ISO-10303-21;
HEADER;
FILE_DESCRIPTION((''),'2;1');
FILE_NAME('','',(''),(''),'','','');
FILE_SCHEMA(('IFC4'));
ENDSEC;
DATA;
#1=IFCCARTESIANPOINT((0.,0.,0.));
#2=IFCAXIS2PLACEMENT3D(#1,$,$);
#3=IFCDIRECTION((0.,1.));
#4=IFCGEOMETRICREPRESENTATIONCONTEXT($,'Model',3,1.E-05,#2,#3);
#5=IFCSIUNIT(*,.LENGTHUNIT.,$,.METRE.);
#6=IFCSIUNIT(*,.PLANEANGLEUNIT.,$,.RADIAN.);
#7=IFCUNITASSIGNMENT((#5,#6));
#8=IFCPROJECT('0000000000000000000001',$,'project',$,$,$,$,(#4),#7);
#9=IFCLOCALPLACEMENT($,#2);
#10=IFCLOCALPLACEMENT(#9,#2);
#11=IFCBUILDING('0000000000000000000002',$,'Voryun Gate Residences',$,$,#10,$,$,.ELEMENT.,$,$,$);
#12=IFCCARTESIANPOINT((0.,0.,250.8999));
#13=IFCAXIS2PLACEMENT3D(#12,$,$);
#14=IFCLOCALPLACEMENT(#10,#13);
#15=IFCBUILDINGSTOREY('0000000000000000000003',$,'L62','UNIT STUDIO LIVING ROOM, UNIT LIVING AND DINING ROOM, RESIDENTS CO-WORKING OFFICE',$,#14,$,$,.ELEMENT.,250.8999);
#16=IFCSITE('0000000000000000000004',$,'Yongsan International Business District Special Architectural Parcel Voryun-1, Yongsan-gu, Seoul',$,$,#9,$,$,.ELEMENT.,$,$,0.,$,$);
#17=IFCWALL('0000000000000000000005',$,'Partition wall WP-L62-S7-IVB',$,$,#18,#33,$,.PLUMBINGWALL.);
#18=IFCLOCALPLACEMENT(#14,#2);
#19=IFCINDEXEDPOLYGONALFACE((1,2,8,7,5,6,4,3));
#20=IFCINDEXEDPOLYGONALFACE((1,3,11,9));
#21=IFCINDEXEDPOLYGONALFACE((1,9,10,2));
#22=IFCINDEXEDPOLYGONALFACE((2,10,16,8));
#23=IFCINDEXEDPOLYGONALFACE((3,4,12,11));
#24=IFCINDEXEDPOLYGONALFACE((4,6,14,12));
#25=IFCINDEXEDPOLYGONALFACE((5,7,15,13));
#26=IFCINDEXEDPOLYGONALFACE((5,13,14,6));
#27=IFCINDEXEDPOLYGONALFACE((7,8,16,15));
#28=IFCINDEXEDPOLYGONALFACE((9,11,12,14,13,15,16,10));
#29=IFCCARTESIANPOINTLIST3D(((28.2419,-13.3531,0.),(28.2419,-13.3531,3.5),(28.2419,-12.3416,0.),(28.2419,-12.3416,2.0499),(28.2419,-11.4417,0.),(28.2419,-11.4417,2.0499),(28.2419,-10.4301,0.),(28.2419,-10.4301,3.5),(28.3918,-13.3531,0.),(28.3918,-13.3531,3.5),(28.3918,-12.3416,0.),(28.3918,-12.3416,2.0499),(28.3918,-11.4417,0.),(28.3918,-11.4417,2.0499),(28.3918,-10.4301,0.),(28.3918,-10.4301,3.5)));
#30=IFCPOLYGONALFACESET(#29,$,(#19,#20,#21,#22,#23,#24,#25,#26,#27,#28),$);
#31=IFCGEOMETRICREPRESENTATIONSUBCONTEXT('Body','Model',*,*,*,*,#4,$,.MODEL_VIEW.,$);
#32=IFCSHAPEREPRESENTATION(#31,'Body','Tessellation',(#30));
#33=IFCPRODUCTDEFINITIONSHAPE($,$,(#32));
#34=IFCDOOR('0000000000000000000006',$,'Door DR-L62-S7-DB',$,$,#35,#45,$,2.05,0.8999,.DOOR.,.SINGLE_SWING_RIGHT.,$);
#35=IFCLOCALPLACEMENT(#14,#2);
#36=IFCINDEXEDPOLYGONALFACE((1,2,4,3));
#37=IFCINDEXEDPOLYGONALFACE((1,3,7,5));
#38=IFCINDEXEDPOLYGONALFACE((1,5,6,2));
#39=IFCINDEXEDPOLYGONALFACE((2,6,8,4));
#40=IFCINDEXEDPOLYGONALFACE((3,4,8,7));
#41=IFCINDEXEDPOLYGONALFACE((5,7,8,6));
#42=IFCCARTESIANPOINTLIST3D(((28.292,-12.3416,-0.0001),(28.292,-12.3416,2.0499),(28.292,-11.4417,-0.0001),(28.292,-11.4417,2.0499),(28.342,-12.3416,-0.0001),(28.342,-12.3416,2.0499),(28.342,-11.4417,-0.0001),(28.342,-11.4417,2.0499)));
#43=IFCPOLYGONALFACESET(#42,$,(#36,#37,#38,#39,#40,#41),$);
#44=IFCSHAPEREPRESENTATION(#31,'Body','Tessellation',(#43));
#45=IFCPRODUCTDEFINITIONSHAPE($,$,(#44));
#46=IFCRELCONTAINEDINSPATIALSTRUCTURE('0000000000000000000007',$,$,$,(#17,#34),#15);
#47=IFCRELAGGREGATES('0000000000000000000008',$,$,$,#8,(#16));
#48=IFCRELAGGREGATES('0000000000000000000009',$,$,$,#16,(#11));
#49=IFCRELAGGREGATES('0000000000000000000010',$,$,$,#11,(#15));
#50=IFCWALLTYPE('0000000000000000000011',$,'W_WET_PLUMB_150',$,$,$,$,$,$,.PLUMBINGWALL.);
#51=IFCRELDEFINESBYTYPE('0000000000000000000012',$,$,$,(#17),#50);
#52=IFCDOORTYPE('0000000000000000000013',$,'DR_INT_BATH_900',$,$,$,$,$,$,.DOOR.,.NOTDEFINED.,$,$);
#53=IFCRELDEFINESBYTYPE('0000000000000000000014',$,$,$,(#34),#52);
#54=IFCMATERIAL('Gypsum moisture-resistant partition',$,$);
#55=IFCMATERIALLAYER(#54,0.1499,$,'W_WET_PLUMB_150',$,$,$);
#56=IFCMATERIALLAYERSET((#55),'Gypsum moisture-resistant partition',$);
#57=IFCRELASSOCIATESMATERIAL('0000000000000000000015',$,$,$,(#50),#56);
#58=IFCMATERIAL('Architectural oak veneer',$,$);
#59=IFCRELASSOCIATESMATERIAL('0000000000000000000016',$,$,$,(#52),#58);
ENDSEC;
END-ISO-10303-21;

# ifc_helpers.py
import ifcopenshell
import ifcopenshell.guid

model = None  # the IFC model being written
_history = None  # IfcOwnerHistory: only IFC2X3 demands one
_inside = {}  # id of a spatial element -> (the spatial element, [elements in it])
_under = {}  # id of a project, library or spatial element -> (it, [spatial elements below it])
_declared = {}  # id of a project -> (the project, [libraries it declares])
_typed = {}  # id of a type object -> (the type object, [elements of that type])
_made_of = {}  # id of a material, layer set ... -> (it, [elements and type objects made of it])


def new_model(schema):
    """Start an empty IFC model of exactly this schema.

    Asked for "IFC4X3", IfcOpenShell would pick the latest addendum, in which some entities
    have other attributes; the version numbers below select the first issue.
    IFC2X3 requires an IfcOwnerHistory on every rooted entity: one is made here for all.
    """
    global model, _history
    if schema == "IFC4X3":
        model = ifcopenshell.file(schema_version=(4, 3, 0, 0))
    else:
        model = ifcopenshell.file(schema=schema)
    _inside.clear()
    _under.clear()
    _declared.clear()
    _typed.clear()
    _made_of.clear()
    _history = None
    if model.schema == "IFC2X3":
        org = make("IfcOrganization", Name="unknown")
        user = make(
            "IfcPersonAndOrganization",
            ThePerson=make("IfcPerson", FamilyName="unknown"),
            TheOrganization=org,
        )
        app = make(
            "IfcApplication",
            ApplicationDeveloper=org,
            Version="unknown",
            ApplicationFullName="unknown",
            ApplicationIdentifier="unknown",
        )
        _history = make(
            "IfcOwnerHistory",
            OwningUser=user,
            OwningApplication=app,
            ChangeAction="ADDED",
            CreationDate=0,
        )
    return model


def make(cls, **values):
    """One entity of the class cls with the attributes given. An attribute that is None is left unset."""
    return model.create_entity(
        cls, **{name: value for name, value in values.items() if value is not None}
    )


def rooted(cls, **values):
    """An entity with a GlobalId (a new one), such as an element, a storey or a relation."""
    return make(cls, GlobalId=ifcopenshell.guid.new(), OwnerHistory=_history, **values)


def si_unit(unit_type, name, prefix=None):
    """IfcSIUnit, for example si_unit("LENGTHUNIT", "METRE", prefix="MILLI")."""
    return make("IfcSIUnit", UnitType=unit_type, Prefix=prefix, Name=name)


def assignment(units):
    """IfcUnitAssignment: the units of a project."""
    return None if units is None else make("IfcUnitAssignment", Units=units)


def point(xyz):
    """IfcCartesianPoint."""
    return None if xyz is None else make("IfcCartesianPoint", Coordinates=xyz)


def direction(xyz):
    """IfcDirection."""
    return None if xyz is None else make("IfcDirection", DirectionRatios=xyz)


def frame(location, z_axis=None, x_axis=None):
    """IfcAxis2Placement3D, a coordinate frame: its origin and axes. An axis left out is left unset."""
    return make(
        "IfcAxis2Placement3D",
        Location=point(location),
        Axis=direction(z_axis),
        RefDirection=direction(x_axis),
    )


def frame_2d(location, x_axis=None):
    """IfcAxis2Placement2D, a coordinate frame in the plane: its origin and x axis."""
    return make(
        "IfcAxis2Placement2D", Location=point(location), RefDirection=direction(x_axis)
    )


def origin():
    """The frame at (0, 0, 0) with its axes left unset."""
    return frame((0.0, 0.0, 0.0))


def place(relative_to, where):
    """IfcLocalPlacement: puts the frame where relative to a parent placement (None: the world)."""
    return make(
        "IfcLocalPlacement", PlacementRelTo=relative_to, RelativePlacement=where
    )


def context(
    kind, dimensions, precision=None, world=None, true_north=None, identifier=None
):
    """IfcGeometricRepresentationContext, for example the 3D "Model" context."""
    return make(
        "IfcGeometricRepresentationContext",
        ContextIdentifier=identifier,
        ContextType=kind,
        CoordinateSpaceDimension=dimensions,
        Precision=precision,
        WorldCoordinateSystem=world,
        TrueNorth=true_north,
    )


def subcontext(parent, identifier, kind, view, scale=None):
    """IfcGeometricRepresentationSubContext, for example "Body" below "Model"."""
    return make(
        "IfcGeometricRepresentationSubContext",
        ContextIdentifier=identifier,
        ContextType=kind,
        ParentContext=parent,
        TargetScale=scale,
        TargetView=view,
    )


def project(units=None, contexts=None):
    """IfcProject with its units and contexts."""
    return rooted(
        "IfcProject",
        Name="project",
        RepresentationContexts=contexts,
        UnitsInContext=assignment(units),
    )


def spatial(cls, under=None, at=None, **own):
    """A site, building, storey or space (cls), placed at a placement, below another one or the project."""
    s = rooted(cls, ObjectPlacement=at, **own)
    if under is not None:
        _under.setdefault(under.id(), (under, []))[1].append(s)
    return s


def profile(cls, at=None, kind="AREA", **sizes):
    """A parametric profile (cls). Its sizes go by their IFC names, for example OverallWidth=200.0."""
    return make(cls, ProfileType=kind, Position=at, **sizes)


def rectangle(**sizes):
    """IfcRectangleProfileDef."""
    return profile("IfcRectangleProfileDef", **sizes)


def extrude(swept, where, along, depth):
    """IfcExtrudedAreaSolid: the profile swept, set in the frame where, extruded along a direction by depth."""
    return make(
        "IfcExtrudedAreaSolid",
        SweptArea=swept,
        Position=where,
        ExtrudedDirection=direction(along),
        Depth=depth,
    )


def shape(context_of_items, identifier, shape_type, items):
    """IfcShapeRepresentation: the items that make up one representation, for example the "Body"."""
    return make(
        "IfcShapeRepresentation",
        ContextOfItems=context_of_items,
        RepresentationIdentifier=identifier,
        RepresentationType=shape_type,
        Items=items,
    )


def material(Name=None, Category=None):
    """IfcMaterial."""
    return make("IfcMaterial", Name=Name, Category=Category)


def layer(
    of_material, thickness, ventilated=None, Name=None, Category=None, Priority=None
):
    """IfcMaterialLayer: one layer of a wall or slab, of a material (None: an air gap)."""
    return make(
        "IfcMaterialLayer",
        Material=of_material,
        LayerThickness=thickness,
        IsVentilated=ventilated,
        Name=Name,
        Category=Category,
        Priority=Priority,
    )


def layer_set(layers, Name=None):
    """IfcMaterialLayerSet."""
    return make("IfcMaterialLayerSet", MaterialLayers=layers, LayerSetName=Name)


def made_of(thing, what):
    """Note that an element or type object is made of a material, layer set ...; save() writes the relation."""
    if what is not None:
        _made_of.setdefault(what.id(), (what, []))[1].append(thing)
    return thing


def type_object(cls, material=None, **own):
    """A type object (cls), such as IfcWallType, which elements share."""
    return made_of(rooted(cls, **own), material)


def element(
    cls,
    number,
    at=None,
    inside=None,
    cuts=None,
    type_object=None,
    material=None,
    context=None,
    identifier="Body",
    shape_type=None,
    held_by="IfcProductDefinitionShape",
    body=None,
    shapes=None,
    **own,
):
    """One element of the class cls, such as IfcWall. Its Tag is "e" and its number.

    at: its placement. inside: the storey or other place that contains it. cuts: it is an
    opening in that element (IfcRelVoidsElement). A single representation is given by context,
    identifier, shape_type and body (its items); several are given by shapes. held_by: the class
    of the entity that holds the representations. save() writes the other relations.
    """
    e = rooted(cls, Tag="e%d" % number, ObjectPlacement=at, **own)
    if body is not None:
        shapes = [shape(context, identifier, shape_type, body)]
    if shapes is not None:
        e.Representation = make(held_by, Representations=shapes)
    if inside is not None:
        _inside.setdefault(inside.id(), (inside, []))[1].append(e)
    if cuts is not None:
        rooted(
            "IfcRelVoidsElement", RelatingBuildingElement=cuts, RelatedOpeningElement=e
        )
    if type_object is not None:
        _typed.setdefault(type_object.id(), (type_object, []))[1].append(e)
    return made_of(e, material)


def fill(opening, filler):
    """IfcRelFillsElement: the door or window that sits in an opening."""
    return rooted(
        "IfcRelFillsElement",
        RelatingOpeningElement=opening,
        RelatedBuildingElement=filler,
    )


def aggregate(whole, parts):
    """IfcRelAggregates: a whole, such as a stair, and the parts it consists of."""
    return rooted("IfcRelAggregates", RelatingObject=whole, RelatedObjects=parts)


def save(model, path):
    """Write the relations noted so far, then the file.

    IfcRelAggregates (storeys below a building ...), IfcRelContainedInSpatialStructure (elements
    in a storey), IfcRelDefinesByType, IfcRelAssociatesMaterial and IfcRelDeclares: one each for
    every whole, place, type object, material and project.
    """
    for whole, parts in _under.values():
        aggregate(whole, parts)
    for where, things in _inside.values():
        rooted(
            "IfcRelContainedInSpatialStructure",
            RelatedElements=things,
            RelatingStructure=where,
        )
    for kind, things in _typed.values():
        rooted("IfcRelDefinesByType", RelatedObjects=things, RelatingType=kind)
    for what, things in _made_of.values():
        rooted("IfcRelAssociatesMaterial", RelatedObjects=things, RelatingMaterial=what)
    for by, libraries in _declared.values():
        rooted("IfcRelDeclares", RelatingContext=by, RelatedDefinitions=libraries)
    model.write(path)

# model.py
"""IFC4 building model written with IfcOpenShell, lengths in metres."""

from ifc_helpers import new_model, si_unit, direction, frame, frame_2d, origin, place, context, subcontext, project, spatial, rectangle, extrude, material, layer, layer_set, type_object, element, fill, save


model = new_model("IFC4")

# Units and contexts
model_context = context("Model", 3, precision=1e-05, world=origin(), true_north=direction((0.0, 1.0)))
body_context = subcontext(model_context, "Body", "Model", "MODEL_VIEW")
ifc_project = project(units=[si_unit("LENGTHUNIT", "METRE"), si_unit("PLANEANGLEUNIT", "RADIAN")], contexts=[model_context])

# Site, building, storey
site_placement = place(None, origin())
site = spatial("IfcSite", under=ifc_project, at=site_placement, Name="Yongsan International Business District Special Architectural Parcel Voryun-1, Yongsan-gu, Seoul", CompositionType="ELEMENT", RefElevation=0.0)
building_placement = place(site_placement, origin())
building = spatial("IfcBuilding", under=site, at=building_placement, Name="Voryun Gate Residences", CompositionType="ELEMENT")
storey_placement = place(building_placement, frame((0.0, 0.0, 250.8999)))
storey = spatial("IfcBuildingStorey", under=building, at=storey_placement, Name="L62", Description="UNIT STUDIO LIVING ROOM, UNIT LIVING AND DINING ROOM, RESIDENTS CO-WORKING OFFICE", CompositionType="ELEMENT", Elevation=250.8999)

# Wall, opening, door
ifc_material_1 = material(Name="Gypsum moisture-resistant partition")
ifc_layer_1 = layer(ifc_material_1, 0.1499, Name="W_WET_PLUMB_150")
ifc_layer_set_1 = layer_set([ifc_layer_1], Name="Gypsum moisture-resistant partition")
wall_type_1 = type_object("IfcWallType", Name="W_WET_PLUMB_150", PredefinedType="PLUMBINGWALL", material=ifc_layer_set_1)
wall_1_placement = place(storey_placement, frame((28.3169, -13.353, 0.0), z_axis=(0.0, 0.0, 1.0), x_axis=(0.0, 1.0, 0.0)))
wall_1 = element("IfcWall", 1, at=wall_1_placement, inside=storey, type_object=wall_type_1, Name="Partition wall WP-L62-S7-IVB", PredefinedType="PLUMBINGWALL", context=body_context, shape_type="SweptSolid", body=[
    extrude(rectangle(XDim=2.9231, YDim=0.1499, at=frame_2d((1.4614, 0.0))), origin(), (0.0, 0.0, 1.0), 3.5),
])
opening_placement = place(wall_1_placement, frame((1.0115, 0.0, 0.0)))
opening = element("IfcOpeningElement", 2, at=opening_placement, cuts=wall_1, PredefinedType="OPENING", context=body_context, shape_type="SweptSolid", body=[
    extrude(rectangle(XDim=0.8999, YDim=2.05, at=frame_2d((0.45, 1.0249))), frame((0.0, 0.085, 0.0), z_axis=(0.0, -1.0, 0.0), x_axis=(1.0, 0.0, 0.0)), (0.0, 0.0, 1.0), 0.1699),
])
ifc_material_2 = material(Name="Architectural oak veneer")
door_type = type_object("IfcDoorType", Name="DR_INT_BATH_900", OperationType="NOTDEFINED", PredefinedType="DOOR", material=ifc_material_2)
door_placement = place(opening_placement, origin())
door = element("IfcDoor", 3, at=door_placement, inside=storey, type_object=door_type, Name="Door DR-L62-S7-DB", OperationType="SINGLE_SWING_RIGHT", OverallHeight=2.05, OverallWidth=0.8999, PredefinedType="DOOR", context=body_context, shape_type="SweptSolid", body=[
    extrude(rectangle(XDim=0.8999, YDim=2.05, at=frame_2d((0.45, 1.0249))), frame((0.0, 0.0249, 0.0), z_axis=(0.0, -1.0, 0.0), x_axis=(1.0, 0.0, 0.0)), (0.0, 0.0, 1.0), 0.05),
])
fill(opening, door)

save(model, "model.ifc")
